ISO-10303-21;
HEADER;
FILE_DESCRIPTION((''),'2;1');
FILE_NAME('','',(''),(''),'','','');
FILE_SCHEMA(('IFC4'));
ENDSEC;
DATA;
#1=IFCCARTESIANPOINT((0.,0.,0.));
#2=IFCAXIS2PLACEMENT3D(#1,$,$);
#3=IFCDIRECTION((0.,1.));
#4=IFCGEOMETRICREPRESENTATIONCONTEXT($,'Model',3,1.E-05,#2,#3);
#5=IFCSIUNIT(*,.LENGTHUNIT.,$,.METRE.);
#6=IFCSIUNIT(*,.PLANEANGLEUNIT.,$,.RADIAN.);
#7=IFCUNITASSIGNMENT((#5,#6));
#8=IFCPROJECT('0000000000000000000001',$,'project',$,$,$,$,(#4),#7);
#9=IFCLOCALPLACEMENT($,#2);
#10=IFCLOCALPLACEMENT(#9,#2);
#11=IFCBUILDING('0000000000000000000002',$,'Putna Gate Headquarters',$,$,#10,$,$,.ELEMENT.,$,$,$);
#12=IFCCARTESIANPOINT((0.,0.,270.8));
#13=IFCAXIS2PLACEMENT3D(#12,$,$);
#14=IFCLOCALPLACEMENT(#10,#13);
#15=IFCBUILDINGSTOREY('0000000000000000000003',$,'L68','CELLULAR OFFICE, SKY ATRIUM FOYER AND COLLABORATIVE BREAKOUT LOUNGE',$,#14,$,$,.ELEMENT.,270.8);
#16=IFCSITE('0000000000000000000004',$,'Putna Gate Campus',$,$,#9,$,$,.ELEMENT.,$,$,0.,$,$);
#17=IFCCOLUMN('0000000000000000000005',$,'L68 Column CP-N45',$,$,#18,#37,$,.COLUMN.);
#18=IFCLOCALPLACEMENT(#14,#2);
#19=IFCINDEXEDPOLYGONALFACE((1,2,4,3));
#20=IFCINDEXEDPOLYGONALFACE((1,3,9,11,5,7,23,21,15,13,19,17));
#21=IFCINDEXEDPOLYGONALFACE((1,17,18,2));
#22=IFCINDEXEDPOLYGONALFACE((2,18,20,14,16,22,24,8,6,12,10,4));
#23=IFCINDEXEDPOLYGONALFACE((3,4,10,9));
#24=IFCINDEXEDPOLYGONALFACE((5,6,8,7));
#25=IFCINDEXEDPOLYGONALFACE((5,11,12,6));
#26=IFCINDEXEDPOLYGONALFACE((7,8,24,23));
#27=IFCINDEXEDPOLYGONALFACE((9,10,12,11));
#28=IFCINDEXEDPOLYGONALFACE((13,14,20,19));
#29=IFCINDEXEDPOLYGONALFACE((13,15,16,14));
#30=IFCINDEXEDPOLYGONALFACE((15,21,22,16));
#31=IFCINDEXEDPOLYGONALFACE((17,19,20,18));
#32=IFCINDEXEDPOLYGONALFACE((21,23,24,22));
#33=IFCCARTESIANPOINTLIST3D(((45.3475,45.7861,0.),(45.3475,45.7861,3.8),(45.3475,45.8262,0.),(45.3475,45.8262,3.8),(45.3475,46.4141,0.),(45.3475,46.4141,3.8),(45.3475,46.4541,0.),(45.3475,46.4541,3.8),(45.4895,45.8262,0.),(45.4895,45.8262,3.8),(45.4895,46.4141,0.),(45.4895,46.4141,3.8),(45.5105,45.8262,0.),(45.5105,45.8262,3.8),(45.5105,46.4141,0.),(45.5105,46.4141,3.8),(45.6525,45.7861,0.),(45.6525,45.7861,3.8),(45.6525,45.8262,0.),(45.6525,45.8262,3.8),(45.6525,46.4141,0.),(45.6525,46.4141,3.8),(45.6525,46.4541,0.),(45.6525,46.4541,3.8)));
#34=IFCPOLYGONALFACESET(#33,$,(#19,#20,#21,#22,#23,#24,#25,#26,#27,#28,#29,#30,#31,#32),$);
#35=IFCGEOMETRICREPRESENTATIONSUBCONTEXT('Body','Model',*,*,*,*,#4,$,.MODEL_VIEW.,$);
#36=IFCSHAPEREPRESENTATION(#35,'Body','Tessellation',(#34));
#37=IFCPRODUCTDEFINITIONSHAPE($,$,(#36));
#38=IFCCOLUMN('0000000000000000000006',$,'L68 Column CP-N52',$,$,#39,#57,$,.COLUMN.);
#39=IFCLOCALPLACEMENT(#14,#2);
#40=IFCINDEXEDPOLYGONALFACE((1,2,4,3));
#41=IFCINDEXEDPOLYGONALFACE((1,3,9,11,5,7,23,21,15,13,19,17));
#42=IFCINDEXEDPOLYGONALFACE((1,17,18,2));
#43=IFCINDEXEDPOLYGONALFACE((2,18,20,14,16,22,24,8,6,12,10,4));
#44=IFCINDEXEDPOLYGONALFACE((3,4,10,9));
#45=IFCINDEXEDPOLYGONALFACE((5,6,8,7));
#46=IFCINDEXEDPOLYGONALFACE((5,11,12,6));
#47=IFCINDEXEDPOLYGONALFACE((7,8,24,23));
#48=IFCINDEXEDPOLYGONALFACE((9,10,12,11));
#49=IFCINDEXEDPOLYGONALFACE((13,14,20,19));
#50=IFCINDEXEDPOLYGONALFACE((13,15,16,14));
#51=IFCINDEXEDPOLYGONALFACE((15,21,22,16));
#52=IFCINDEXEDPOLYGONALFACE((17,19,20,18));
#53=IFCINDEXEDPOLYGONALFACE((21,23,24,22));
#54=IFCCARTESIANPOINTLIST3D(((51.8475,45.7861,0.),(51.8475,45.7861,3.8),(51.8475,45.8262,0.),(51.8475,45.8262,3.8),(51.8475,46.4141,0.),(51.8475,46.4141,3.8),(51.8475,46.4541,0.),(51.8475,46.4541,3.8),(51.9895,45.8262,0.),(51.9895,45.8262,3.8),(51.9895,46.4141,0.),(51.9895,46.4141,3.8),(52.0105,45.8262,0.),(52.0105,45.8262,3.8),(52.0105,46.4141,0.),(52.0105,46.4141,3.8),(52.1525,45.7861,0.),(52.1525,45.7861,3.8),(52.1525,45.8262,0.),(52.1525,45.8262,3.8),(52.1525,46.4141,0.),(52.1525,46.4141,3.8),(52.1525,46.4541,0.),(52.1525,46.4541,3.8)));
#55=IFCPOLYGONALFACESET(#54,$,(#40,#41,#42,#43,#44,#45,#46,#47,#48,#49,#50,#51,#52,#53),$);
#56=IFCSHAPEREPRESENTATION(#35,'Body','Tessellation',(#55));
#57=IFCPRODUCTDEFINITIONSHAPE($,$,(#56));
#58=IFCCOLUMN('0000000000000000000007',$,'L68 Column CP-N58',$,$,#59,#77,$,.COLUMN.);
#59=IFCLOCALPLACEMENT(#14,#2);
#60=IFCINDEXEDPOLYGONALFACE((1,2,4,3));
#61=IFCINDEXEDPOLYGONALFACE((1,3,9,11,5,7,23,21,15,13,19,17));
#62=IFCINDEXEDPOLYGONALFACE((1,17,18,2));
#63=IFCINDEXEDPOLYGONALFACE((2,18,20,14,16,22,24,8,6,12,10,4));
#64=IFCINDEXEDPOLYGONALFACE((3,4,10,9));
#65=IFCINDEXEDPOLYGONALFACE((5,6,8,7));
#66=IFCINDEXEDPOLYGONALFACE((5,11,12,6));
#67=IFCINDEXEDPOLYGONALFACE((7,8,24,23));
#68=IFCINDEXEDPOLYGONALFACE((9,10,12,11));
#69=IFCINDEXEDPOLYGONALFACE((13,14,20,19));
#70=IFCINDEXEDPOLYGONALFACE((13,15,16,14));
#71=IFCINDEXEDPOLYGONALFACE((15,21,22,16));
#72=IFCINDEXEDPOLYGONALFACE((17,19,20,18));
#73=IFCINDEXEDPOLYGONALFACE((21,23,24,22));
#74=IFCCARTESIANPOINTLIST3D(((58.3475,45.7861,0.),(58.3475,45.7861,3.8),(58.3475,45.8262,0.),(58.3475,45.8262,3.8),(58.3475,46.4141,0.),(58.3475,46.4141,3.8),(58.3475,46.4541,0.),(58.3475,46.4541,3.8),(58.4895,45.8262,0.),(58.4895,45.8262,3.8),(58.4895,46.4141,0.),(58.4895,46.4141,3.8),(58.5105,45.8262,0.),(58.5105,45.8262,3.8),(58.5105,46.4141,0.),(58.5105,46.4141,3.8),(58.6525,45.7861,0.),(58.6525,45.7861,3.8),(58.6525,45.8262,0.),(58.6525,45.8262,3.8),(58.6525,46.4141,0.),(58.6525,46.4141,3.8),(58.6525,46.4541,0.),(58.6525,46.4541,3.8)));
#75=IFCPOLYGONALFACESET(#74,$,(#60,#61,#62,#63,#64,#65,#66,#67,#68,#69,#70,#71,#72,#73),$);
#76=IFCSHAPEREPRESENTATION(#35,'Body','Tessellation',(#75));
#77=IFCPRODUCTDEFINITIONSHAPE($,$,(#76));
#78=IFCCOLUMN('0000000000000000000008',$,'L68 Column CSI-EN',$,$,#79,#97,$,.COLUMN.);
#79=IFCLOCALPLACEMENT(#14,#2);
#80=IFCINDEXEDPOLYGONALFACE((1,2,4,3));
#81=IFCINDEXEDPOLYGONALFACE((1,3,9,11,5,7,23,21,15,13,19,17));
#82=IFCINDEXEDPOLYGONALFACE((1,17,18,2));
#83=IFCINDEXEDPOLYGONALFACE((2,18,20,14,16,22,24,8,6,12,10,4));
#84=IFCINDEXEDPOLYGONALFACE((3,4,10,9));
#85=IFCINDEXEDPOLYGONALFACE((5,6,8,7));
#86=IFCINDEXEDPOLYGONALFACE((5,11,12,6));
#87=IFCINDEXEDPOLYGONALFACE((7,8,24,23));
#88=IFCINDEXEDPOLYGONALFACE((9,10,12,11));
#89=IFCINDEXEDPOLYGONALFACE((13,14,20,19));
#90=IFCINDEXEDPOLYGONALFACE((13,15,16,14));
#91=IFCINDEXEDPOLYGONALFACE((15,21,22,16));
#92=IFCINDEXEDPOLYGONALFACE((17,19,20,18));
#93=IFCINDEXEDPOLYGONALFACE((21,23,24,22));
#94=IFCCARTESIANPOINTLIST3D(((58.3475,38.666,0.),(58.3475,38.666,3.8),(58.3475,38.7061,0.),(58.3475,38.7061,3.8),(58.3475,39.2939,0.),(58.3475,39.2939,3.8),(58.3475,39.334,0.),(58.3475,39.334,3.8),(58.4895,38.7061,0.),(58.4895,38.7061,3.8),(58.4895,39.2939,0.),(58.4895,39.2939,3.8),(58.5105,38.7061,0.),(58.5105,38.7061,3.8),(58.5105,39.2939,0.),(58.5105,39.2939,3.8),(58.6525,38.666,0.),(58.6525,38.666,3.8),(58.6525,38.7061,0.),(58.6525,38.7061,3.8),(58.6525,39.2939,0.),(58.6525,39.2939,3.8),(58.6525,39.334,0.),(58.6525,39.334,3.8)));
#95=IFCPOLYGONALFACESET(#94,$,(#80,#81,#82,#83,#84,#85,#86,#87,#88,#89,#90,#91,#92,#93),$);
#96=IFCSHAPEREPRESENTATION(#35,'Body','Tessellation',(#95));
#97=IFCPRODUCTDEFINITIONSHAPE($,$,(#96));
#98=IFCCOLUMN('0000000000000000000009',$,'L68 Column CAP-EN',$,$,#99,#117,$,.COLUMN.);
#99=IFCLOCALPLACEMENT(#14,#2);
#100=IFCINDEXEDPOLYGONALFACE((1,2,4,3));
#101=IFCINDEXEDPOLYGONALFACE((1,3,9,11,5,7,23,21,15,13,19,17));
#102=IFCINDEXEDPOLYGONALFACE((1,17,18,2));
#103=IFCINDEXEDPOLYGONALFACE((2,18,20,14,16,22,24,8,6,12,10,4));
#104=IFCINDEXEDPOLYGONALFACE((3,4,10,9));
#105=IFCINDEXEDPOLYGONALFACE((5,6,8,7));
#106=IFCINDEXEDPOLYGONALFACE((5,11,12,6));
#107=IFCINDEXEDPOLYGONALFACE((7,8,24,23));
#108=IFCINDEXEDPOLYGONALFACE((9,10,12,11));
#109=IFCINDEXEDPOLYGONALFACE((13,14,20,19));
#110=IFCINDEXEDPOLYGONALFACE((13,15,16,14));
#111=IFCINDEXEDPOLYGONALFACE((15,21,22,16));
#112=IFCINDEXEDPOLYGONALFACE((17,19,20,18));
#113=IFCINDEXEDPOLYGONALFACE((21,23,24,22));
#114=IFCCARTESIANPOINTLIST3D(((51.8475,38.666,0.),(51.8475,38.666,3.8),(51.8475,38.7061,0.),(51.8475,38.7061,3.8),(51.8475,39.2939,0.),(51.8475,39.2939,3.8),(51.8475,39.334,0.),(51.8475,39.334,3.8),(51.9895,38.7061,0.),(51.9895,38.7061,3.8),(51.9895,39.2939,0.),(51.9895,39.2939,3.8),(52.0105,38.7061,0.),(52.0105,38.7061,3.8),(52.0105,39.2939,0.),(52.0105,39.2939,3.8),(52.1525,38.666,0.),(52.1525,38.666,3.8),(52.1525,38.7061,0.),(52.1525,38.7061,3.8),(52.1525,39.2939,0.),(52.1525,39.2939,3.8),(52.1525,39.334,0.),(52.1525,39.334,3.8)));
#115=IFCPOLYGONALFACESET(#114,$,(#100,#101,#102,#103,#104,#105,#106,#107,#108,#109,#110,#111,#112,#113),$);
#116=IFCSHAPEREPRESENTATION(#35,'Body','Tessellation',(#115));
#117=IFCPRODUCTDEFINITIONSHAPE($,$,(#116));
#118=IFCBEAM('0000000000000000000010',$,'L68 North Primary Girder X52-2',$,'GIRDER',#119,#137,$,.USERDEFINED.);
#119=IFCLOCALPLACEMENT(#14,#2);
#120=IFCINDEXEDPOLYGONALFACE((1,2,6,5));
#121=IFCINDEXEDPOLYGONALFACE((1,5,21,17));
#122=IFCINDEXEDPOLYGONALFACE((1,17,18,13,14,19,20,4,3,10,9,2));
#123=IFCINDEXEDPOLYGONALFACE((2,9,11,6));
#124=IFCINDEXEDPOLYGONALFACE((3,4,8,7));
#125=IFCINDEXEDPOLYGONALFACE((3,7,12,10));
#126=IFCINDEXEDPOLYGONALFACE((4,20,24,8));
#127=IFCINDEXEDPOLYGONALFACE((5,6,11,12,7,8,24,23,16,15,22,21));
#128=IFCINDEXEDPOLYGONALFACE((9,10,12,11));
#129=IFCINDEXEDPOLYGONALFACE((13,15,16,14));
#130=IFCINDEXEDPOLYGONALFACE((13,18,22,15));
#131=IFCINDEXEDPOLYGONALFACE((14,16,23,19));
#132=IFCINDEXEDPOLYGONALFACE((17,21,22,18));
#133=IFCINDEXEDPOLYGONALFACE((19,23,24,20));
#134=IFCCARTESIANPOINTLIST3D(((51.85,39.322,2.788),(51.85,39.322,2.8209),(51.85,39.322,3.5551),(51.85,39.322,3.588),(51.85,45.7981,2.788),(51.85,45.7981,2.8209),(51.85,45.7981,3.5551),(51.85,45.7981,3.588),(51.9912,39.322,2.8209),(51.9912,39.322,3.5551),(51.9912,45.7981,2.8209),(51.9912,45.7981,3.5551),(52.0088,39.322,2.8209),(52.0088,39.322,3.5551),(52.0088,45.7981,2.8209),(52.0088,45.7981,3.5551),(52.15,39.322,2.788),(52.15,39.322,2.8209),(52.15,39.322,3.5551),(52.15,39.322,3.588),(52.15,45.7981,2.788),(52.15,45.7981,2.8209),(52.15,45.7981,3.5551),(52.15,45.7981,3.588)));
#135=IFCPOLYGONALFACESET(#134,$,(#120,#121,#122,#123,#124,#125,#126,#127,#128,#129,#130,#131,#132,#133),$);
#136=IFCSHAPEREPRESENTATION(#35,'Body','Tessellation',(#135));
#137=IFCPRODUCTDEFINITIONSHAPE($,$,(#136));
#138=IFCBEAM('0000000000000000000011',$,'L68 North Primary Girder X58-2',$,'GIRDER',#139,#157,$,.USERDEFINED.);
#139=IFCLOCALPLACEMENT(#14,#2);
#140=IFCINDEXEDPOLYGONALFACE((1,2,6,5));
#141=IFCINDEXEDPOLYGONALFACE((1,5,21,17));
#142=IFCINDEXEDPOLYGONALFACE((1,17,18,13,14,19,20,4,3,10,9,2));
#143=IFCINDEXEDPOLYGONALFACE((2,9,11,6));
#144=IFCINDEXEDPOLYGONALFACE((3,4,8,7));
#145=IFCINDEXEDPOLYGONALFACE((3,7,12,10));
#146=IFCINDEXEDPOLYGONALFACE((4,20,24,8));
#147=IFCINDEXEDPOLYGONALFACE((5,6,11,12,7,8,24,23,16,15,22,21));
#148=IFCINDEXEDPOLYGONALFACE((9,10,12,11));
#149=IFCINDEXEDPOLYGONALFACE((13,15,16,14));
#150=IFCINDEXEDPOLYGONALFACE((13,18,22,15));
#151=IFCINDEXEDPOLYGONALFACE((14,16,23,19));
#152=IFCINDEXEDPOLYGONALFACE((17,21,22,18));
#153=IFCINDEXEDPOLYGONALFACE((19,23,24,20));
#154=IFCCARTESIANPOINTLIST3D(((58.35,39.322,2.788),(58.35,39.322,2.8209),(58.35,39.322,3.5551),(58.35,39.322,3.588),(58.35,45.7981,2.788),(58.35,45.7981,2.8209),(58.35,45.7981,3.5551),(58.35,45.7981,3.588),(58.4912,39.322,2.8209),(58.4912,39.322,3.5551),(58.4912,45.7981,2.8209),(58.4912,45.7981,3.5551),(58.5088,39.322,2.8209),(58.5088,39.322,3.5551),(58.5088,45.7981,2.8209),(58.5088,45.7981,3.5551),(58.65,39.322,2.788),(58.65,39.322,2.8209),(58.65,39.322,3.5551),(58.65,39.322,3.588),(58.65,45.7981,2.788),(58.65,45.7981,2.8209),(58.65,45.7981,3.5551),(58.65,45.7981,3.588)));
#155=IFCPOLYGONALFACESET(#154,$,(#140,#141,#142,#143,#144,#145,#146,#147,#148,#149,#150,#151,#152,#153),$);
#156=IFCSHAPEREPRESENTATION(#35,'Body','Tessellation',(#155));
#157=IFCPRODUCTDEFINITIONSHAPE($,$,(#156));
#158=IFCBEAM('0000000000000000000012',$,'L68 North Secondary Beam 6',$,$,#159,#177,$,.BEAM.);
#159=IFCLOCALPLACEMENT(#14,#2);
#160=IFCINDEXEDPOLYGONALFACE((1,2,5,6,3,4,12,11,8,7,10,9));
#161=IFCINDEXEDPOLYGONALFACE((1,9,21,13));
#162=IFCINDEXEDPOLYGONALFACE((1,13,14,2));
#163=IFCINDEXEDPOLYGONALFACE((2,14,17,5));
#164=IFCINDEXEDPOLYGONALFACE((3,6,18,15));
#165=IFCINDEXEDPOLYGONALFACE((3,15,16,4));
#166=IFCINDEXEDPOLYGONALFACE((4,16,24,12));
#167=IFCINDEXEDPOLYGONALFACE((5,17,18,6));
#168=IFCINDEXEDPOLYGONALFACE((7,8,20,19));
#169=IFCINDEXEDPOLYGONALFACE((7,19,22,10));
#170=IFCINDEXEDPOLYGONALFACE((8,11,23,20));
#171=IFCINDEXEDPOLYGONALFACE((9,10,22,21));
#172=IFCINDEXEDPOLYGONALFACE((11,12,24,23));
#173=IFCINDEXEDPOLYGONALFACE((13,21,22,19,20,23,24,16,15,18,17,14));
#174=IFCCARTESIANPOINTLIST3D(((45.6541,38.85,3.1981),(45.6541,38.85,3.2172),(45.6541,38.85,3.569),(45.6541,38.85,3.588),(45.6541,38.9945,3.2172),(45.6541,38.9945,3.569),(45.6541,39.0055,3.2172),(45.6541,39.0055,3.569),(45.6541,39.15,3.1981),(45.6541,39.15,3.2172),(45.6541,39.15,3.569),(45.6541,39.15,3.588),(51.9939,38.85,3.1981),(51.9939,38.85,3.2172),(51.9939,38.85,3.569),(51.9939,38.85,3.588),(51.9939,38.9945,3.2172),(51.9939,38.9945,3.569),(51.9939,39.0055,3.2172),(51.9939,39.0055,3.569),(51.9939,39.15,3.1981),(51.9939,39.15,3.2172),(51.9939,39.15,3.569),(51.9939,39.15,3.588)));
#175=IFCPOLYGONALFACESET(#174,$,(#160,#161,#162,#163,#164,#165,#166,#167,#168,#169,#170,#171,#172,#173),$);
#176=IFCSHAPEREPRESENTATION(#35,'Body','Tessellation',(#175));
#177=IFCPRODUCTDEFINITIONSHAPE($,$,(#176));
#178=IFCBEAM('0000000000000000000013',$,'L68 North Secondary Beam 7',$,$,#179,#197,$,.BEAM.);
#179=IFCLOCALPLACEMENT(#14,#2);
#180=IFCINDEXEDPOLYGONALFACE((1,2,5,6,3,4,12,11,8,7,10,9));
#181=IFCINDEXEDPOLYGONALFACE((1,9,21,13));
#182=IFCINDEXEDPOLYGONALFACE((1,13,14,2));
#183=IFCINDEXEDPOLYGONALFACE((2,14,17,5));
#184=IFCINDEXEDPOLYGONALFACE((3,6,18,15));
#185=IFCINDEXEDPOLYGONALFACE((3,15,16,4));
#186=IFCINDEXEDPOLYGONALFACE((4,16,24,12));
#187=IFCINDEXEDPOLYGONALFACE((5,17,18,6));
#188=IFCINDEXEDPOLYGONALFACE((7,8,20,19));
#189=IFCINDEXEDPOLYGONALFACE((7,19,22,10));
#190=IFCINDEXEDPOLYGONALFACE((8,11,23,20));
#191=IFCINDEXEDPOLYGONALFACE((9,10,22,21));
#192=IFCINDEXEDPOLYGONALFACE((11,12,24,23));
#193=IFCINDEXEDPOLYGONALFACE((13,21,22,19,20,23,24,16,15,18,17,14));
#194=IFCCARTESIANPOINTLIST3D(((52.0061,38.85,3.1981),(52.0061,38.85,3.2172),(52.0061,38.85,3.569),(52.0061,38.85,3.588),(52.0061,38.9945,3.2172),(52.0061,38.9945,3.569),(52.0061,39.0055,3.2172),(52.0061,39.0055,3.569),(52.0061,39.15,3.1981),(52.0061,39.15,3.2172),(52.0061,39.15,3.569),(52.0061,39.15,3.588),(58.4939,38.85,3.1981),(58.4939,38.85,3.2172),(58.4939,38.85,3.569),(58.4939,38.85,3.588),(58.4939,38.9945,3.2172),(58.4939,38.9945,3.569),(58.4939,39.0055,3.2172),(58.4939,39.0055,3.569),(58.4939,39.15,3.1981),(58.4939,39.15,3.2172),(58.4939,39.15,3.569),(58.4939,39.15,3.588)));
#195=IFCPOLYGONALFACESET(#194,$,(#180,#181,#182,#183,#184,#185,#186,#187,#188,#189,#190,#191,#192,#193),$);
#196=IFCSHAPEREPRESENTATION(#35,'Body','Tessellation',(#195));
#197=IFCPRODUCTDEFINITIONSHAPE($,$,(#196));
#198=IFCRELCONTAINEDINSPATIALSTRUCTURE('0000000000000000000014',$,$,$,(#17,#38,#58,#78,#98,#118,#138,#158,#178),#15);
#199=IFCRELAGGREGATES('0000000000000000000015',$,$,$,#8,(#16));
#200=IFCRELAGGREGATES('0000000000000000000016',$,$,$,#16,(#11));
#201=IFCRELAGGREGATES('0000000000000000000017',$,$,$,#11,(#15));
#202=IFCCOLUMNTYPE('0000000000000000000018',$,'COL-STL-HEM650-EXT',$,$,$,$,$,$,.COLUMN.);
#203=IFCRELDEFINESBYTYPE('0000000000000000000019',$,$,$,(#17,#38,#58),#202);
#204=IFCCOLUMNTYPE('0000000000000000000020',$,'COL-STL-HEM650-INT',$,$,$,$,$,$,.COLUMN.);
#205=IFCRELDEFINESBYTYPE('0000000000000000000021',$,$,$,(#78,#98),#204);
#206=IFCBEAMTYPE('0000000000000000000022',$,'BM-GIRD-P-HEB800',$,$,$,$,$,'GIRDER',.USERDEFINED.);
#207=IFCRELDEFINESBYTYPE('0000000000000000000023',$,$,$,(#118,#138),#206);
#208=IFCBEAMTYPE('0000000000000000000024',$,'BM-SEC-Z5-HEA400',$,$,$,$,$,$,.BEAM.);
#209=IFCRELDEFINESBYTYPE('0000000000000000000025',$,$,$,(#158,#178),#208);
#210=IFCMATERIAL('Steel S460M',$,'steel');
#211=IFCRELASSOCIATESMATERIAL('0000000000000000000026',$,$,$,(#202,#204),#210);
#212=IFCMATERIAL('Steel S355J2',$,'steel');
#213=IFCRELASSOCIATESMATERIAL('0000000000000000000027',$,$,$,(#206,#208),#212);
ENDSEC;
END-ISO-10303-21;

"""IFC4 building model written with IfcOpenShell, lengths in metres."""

from ifc_helpers import new_model, si_unit, direction, frame, origin, origin_2d, place, context, subcontext, project, spatial, i_section, extrude, material, material_profile, profile_set, type_object, element, save


model = new_model("IFC4")

# Units and contexts
model_context = context("Model", 3, precision=1e-05, world=origin(), true_north=direction((0.0, 1.0)))
body_context = subcontext(model_context, "Body", "Model", "MODEL_VIEW")
ifc_project = project(units=[si_unit("LENGTHUNIT", "METRE"), si_unit("PLANEANGLEUNIT", "RADIAN")], contexts=[model_context])

# Site, building, storey
site_placement = place(None, origin())
site = spatial("IfcSite", under=ifc_project, at=site_placement, Name="Putna Gate Campus", CompositionType="ELEMENT", RefElevation=0.0)
building_placement = place(site_placement, origin())
building = spatial("IfcBuilding", under=site, at=building_placement, Name="Putna Gate Headquarters", CompositionType="ELEMENT")
storey_placement = place(building_placement, frame((0.0, 0.0, 270.8)))
storey = spatial("IfcBuildingStorey", under=building, at=storey_placement, Name="L68", Description="CELLULAR OFFICE, SKY ATRIUM FOYER AND COLLABORATIVE BREAKOUT LOUNGE", CompositionType="ELEMENT", Elevation=270.8)

# Columns
ifc_material_1 = material(Name="Steel S460M", Category="steel")
ifc_material_profile_1 = material_profile(ifc_material_1, i_section(OverallWidth=0.3049, OverallDepth=0.668, WebThickness=0.021, FlangeThickness=0.04, at=origin_2d()), Name="Steel S460M")
ifc_profile_set_1 = profile_set([ifc_material_profile_1], Name="Steel S460M")
column_type_1 = type_object("IfcColumnType", Name="COL-STL-HEM650-EXT", PredefinedType="COLUMN", material=ifc_profile_set_1)
for number, where, z_axis, x_axis, name in (
    (1, (45.5, 46.1201, 0.0), (0.0, 0.0, 1.0), (1.0, 0.0, 0.0), "L68 Column CP-N45"),
    (2, (52.0, 46.1201, 0.0), (0.0, 0.0, 1.0), (1.0, 0.0, 0.0), "L68 Column CP-N52"),
    (3, (58.5, 46.1201, 0.0), (0.0, 0.0, 1.0), (1.0, 0.0, 0.0), "L68 Column CP-N58"),
):
    element("IfcColumn", number, at=place(storey_placement, frame(where, z_axis=z_axis, x_axis=x_axis)), inside=storey, type_object=column_type_1, Name=name, PredefinedType="COLUMN", context=body_context, shape_type="SweptSolid", body=[
        extrude(i_section(OverallWidth=0.3049, OverallDepth=0.668, WebThickness=0.021, FlangeThickness=0.04, at=origin_2d()), origin(), (0.0, 0.0, 1.0), 3.8),
    ])
ifc_material_profile_2 = material_profile(ifc_material_1, i_section(OverallWidth=0.3049, OverallDepth=0.668, WebThickness=0.021, FlangeThickness=0.04, at=origin_2d()), Name="Steel S460M")
ifc_profile_set_2 = profile_set([ifc_material_profile_2], Name="Steel S460M")
column_type_2 = type_object("IfcColumnType", Name="COL-STL-HEM650-INT", PredefinedType="COLUMN", material=ifc_profile_set_2)
for number, where, z_axis, x_axis, name in (
    (4, (58.5, 39.0, 0.0), (0.0, 0.0, 1.0), (1.0, 0.0, 0.0), "L68 Column CSI-EN"),
    (5, (52.0, 39.0, 0.0), (0.0, 0.0, 1.0), (1.0, 0.0, 0.0), "L68 Column CAP-EN"),
):
    element("IfcColumn", number, at=place(storey_placement, frame(where, z_axis=z_axis, x_axis=x_axis)), inside=storey, type_object=column_type_2, Name=name, PredefinedType="COLUMN", context=body_context, shape_type="SweptSolid", body=[
        extrude(i_section(OverallWidth=0.3049, OverallDepth=0.668, WebThickness=0.021, FlangeThickness=0.04, at=origin_2d()), origin(), (0.0, 0.0, 1.0), 3.8),
    ])

# Beams
ifc_material_2 = material(Name="Steel S355J2", Category="steel")
ifc_material_profile_3 = material_profile(ifc_material_2, i_section(OverallWidth=0.3, OverallDepth=0.8, WebThickness=0.0176, FlangeThickness=0.033, at=origin_2d()), Name="Steel S355J2")
ifc_profile_set_3 = profile_set([ifc_material_profile_3], Name="Steel S355J2")
beam_type_1 = type_object("IfcBeamType", Name="BM-GIRD-P-HEB800", ElementType="GIRDER", PredefinedType="USERDEFINED", material=ifc_profile_set_3)
for number, where, z_axis, x_axis, name in (
    (6, (52.0, 39.322, 3.188), (0.0, 1.0, 0.0), (-1.0, 0.0, 0.0), "L68 North Primary Girder X52-2"),
    (7, (58.5, 39.322, 3.188), (0.0, 1.0, 0.0), (-1.0, 0.0, 0.0), "L68 North Primary Girder X58-2"),
):
    element("IfcBeam", number, at=place(storey_placement, frame(where, z_axis=z_axis, x_axis=x_axis)), inside=storey, type_object=beam_type_1, Name=name, ObjectType="GIRDER", PredefinedType="USERDEFINED", context=body_context, shape_type="SweptSolid", body=[
        extrude(i_section(OverallWidth=0.3, OverallDepth=0.8, WebThickness=0.0176, FlangeThickness=0.033, at=origin_2d()), origin(), (0.0, 0.0, 1.0), 6.4761),
    ])
ifc_material_profile_4 = material_profile(ifc_material_2, i_section(OverallWidth=0.3, OverallDepth=0.3899, WebThickness=0.011, FlangeThickness=0.019, at=origin_2d()), Name="Steel S355J2")
ifc_profile_set_4 = profile_set([ifc_material_profile_4], Name="Steel S355J2")
beam_type_2 = type_object("IfcBeamType", Name="BM-SEC-Z5-HEA400", PredefinedType="BEAM", material=ifc_profile_set_4)
beam_1_placement = place(storey_placement, frame((45.6541, 39.0, 3.3931), z_axis=(1.0, 0.0, 0.0), x_axis=(0.0, 1.0, 0.0)))
element("IfcBeam", 8, at=beam_1_placement, inside=storey, type_object=beam_type_2, Name="L68 North Secondary Beam 6", PredefinedType="BEAM", context=body_context, shape_type="SweptSolid", body=[
    extrude(i_section(OverallWidth=0.3, OverallDepth=0.3899, WebThickness=0.011, FlangeThickness=0.019, at=origin_2d()), origin(), (0.0, 0.0, 1.0), 6.3398),
])
beam_2_placement = place(storey_placement, frame((52.0061, 39.0, 3.3931), z_axis=(1.0, 0.0, 0.0), x_axis=(0.0, 1.0, 0.0)))
element("IfcBeam", 9, at=beam_2_placement, inside=storey, type_object=beam_type_2, Name="L68 North Secondary Beam 7", PredefinedType="BEAM", context=body_context, shape_type="SweptSolid", body=[
    extrude(i_section(OverallWidth=0.3, OverallDepth=0.3899, WebThickness=0.011, FlangeThickness=0.019, at=origin_2d()), origin(), (0.0, 0.0, 1.0), 6.4878),
])

save(model, "model.ifc")
